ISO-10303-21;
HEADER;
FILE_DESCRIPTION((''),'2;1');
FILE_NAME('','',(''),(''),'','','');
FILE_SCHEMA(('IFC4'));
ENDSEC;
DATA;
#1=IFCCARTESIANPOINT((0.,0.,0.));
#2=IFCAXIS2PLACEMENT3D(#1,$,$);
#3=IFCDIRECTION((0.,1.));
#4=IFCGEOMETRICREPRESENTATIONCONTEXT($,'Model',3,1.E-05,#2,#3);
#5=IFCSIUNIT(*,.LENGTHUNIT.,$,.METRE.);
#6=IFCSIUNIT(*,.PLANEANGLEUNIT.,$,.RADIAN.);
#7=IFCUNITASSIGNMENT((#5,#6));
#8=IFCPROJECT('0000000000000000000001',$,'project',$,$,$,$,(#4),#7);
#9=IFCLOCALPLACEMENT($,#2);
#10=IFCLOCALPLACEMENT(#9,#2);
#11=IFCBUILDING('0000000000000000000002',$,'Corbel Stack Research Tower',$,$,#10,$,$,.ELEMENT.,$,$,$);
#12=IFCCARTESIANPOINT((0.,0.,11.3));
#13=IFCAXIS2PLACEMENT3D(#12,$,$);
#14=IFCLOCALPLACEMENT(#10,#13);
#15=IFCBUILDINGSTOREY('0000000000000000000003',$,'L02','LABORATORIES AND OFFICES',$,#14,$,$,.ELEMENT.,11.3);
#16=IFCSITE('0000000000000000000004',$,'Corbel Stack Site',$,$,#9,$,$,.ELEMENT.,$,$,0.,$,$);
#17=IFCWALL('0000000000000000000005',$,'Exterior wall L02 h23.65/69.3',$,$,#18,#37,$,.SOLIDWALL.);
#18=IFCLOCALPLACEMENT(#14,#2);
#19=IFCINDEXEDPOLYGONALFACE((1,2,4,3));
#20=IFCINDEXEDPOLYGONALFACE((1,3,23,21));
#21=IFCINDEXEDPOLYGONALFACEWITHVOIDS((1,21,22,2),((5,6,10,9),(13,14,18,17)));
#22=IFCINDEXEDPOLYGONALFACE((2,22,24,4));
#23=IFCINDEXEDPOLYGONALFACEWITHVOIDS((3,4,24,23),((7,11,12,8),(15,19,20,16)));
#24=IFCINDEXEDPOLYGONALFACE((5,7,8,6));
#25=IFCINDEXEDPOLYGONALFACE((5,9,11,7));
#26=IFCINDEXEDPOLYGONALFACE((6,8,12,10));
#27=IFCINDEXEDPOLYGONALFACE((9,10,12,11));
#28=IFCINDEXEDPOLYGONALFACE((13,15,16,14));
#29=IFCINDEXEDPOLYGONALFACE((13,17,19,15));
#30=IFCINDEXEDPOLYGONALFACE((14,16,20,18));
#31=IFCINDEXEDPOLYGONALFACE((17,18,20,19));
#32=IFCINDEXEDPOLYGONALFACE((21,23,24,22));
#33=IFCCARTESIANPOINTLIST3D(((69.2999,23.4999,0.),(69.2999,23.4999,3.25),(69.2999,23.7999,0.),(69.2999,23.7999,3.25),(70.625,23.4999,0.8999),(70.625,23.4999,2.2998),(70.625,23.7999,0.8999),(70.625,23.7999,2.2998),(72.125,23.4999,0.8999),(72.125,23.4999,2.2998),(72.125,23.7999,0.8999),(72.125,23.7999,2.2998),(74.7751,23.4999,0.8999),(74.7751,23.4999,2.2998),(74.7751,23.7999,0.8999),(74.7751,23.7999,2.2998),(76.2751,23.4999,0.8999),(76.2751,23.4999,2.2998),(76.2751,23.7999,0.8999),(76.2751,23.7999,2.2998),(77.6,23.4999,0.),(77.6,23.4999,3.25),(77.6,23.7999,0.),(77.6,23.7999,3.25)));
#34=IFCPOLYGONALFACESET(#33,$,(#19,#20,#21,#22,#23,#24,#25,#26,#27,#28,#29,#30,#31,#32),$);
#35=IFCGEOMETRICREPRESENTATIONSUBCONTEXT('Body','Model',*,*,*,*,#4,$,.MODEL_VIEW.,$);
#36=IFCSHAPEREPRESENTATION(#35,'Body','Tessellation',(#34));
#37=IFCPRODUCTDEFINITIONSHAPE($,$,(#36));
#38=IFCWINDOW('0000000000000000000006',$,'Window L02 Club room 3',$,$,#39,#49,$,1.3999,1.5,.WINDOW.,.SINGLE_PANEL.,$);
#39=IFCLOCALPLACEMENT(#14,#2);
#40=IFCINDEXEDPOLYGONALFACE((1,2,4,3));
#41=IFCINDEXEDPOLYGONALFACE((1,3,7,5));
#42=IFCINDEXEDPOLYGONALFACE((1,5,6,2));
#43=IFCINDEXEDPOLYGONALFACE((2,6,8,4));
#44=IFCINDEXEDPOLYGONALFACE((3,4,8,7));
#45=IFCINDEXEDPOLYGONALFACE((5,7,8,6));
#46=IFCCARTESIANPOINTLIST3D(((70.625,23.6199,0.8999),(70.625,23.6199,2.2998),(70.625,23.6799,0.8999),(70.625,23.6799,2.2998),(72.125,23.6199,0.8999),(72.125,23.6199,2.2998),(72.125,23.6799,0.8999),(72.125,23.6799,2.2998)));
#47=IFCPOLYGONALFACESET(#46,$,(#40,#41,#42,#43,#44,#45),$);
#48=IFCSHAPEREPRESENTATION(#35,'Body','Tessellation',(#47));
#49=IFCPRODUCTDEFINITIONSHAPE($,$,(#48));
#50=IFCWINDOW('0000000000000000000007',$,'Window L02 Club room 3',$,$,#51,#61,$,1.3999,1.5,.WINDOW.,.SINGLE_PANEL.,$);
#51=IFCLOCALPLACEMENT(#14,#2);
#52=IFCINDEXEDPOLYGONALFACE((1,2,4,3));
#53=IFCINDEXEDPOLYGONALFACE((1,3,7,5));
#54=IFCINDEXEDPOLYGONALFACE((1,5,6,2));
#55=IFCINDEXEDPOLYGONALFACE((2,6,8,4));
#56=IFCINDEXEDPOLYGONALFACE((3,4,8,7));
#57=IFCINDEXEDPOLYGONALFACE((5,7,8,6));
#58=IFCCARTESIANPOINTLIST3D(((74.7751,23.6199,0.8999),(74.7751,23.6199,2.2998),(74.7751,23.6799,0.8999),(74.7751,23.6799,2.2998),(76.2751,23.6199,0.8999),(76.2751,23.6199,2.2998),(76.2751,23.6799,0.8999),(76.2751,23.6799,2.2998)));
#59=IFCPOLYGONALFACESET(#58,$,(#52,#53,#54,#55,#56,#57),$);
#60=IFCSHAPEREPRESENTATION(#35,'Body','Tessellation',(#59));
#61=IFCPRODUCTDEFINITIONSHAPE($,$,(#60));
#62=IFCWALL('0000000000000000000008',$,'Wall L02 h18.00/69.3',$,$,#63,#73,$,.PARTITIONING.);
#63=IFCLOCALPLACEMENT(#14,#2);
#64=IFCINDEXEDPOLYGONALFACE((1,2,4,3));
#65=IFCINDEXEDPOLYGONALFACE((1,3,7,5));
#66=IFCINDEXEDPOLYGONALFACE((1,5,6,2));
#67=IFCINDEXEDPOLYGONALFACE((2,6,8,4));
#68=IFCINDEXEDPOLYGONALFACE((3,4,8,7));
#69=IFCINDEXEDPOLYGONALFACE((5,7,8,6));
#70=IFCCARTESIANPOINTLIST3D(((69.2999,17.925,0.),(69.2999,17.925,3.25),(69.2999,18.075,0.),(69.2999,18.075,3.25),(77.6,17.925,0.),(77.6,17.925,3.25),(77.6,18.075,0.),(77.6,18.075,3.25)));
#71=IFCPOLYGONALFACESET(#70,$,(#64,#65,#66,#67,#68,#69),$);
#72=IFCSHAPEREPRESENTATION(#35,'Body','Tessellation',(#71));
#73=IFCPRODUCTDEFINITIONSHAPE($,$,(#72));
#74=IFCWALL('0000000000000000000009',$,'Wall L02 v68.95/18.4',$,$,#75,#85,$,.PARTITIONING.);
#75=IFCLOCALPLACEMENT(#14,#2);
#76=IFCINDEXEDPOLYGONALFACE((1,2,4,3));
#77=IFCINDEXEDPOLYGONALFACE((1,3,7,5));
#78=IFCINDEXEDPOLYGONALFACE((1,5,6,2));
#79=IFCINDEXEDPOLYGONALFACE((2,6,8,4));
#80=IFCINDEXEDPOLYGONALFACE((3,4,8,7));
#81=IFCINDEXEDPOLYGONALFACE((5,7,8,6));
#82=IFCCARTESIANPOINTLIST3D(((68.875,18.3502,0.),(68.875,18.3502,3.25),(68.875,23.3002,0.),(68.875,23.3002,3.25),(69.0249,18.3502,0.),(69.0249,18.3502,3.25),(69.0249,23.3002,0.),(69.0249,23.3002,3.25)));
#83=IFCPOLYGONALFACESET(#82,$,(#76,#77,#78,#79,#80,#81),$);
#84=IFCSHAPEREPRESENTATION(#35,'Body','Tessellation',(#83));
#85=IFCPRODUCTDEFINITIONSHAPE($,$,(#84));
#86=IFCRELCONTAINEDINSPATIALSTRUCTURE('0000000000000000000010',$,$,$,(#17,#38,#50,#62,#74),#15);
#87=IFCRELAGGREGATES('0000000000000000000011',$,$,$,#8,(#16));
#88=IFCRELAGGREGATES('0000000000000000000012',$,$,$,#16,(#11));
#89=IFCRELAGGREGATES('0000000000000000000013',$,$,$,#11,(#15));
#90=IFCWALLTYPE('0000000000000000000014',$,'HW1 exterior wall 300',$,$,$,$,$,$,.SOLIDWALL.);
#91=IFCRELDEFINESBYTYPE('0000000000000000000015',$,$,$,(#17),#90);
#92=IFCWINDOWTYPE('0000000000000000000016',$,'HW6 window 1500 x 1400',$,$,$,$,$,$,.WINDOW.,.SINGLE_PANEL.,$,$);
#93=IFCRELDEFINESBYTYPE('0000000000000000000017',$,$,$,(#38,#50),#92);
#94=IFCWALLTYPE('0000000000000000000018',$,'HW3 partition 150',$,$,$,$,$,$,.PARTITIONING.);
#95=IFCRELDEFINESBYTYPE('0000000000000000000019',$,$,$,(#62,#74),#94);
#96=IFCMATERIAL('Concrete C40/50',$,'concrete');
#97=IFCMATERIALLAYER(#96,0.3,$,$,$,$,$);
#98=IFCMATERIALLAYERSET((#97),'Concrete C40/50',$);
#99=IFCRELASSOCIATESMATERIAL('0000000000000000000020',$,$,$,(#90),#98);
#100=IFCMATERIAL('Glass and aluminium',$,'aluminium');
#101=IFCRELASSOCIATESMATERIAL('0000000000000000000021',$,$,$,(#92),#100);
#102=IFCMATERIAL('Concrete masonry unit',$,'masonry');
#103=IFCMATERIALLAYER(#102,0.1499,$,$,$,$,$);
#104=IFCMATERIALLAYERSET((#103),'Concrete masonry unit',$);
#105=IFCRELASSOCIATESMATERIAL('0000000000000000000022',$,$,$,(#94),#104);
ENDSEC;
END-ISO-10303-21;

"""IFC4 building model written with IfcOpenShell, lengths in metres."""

from ifc_helpers import new_model, si_unit, direction, frame, frame_2d, origin, place, context, subcontext, project, spatial, rectangle, extrude, material, layer, layer_set, type_object, element, fill, save


model = new_model("IFC4")

# Units and contexts
model_context = context("Model", 3, precision=1e-05, world=origin(), true_north=direction((0.0, 1.0)))
body_context = subcontext(model_context, "Body", "Model", "MODEL_VIEW")
ifc_project = project(units=[si_unit("LENGTHUNIT", "METRE"), si_unit("PLANEANGLEUNIT", "RADIAN")], contexts=[model_context])

# Site, building, storey
site_placement = place(None, origin())
site = spatial("IfcSite", under=ifc_project, at=site_placement, Name="Corbel Stack Site", CompositionType="ELEMENT", RefElevation=0.0)
building_placement = place(site_placement, origin())
building = spatial("IfcBuilding", under=site, at=building_placement, Name="Corbel Stack Research Tower", CompositionType="ELEMENT")
storey_placement = place(building_placement, frame((0.0, 0.0, 11.3)))
storey = spatial("IfcBuildingStorey", under=building, at=storey_placement, Name="L02", Description="LABORATORIES AND OFFICES", CompositionType="ELEMENT", Elevation=11.3)

# Wall, openings, windows
ifc_material_1 = material(Name="Concrete C40/50", Category="concrete")
ifc_layer_1 = layer(ifc_material_1, 0.3)
ifc_layer_set_1 = layer_set([ifc_layer_1], Name="Concrete C40/50")
wall_type_1 = type_object("IfcWallType", Name="HW1 exterior wall 300", PredefinedType="SOLIDWALL", material=ifc_layer_set_1)
wall_1_placement = place(storey_placement, frame((69.3, 23.6499, 0.0), z_axis=(0.0, 0.0, 1.0), x_axis=(1.0, 0.0, 0.0)))
wall_1 = element("IfcWall", 1, at=wall_1_placement, inside=storey, type_object=wall_type_1, Name="Exterior wall L02 h23.65/69.3", PredefinedType="SOLIDWALL", context=body_context, shape_type="SweptSolid", body=[
    extrude(rectangle(XDim=8.3, YDim=0.3, at=frame_2d((4.1499, 0.0))), origin(), (0.0, 0.0, 1.0), 3.25),
])
opening_1_placement = place(wall_1_placement, frame((1.325, 0.0, 0.8999)))
opening_1 = element("IfcOpeningElement", 2, at=opening_1_placement, cuts=wall_1, PredefinedType="OPENING", context=body_context, shape_type="SweptSolid", body=[
    extrude(rectangle(XDim=1.5, YDim=1.3999, at=frame_2d((0.75, 0.7))), frame((0.0, 0.1599, 0.0), z_axis=(0.0, -1.0, 0.0), x_axis=(1.0, 0.0, 0.0)), (0.0, 0.0, 1.0), 0.3201),
])
opening_2_placement = place(wall_1_placement, frame((5.4751, 0.0, 0.8999)))
opening_2 = element("IfcOpeningElement", 3, at=opening_2_placement, cuts=wall_1, PredefinedType="OPENING", context=body_context, shape_type="SweptSolid", body=[
    extrude(rectangle(XDim=1.5, YDim=1.3999, at=frame_2d((0.75, 0.7))), frame((0.0, 0.1599, 0.0), z_axis=(0.0, -1.0, 0.0), x_axis=(1.0, 0.0, 0.0)), (0.0, 0.0, 1.0), 0.3201),
])
ifc_material_2 = material(Name="Glass and aluminium", Category="aluminium")
window_type = type_object("IfcWindowType", Name="HW6 window 1500 x 1400", PartitioningType="SINGLE_PANEL", PredefinedType="WINDOW", material=ifc_material_2)
window_1_placement = place(opening_1_placement, origin())
window_1 = element("IfcWindow", 4, at=window_1_placement, inside=storey, type_object=window_type, Name="Window L02 Club room 3", OverallHeight=1.3999, OverallWidth=1.5, PartitioningType="SINGLE_PANEL", PredefinedType="WINDOW", context=body_context, shape_type="SweptSolid", body=[
    extrude(rectangle(XDim=1.5, YDim=1.3999, at=frame_2d((0.75, 0.7))), frame((0.0, 0.03, 0.0), z_axis=(0.0, -1.0, 0.0), x_axis=(1.0, 0.0, 0.0)), (0.0, 0.0, 1.0), 0.0601),
])
fill(opening_1, window_1)
window_2_placement = place(opening_2_placement, origin())
window_2 = element("IfcWindow", 5, at=window_2_placement, inside=storey, type_object=window_type, Name="Window L02 Club room 3", OverallHeight=1.3999, OverallWidth=1.5, PartitioningType="SINGLE_PANEL", PredefinedType="WINDOW", context=body_context, shape_type="SweptSolid", body=[
    extrude(rectangle(XDim=1.5, YDim=1.3999, at=frame_2d((0.75, 0.7))), frame((0.0, 0.03, 0.0), z_axis=(0.0, -1.0, 0.0), x_axis=(1.0, 0.0, 0.0)), (0.0, 0.0, 1.0), 0.0601),
])
fill(opening_2, window_2)

# Walls
ifc_material_3 = material(Name="Concrete masonry unit", Category="masonry")
ifc_layer_2 = layer(ifc_material_3, 0.1499)
ifc_layer_set_2 = layer_set([ifc_layer_2], Name="Concrete masonry unit")
wall_type_2 = type_object("IfcWallType", Name="HW3 partition 150", PredefinedType="PARTITIONING", material=ifc_layer_set_2)
wall_2_placement = place(storey_placement, frame((69.3, 18.0, 0.0), z_axis=(0.0, 0.0, 1.0), x_axis=(1.0, 0.0, 0.0)))
element("IfcWall", 6, at=wall_2_placement, inside=storey, type_object=wall_type_2, Name="Wall L02 h18.00/69.3", PredefinedType="PARTITIONING", context=body_context, shape_type="SweptSolid", body=[
    extrude(rectangle(XDim=8.3, YDim=0.1499, at=frame_2d((4.1499, 0.0))), origin(), (0.0, 0.0, 1.0), 3.25),
])
wall_3_placement = place(storey_placement, frame((68.95, 18.3501, 0.0), z_axis=(0.0, 0.0, 1.0), x_axis=(0.0, 1.0, 0.0)))
element("IfcWall", 7, at=wall_3_placement, inside=storey, type_object=wall_type_2, Name="Wall L02 v68.95/18.4", PredefinedType="PARTITIONING", context=body_context, shape_type="SweptSolid", body=[
    extrude(rectangle(XDim=4.95, YDim=0.1499, at=frame_2d((2.4751, 0.0))), origin(), (0.0, 0.0, 1.0), 3.25),
])

save(model, "model.ifc")
